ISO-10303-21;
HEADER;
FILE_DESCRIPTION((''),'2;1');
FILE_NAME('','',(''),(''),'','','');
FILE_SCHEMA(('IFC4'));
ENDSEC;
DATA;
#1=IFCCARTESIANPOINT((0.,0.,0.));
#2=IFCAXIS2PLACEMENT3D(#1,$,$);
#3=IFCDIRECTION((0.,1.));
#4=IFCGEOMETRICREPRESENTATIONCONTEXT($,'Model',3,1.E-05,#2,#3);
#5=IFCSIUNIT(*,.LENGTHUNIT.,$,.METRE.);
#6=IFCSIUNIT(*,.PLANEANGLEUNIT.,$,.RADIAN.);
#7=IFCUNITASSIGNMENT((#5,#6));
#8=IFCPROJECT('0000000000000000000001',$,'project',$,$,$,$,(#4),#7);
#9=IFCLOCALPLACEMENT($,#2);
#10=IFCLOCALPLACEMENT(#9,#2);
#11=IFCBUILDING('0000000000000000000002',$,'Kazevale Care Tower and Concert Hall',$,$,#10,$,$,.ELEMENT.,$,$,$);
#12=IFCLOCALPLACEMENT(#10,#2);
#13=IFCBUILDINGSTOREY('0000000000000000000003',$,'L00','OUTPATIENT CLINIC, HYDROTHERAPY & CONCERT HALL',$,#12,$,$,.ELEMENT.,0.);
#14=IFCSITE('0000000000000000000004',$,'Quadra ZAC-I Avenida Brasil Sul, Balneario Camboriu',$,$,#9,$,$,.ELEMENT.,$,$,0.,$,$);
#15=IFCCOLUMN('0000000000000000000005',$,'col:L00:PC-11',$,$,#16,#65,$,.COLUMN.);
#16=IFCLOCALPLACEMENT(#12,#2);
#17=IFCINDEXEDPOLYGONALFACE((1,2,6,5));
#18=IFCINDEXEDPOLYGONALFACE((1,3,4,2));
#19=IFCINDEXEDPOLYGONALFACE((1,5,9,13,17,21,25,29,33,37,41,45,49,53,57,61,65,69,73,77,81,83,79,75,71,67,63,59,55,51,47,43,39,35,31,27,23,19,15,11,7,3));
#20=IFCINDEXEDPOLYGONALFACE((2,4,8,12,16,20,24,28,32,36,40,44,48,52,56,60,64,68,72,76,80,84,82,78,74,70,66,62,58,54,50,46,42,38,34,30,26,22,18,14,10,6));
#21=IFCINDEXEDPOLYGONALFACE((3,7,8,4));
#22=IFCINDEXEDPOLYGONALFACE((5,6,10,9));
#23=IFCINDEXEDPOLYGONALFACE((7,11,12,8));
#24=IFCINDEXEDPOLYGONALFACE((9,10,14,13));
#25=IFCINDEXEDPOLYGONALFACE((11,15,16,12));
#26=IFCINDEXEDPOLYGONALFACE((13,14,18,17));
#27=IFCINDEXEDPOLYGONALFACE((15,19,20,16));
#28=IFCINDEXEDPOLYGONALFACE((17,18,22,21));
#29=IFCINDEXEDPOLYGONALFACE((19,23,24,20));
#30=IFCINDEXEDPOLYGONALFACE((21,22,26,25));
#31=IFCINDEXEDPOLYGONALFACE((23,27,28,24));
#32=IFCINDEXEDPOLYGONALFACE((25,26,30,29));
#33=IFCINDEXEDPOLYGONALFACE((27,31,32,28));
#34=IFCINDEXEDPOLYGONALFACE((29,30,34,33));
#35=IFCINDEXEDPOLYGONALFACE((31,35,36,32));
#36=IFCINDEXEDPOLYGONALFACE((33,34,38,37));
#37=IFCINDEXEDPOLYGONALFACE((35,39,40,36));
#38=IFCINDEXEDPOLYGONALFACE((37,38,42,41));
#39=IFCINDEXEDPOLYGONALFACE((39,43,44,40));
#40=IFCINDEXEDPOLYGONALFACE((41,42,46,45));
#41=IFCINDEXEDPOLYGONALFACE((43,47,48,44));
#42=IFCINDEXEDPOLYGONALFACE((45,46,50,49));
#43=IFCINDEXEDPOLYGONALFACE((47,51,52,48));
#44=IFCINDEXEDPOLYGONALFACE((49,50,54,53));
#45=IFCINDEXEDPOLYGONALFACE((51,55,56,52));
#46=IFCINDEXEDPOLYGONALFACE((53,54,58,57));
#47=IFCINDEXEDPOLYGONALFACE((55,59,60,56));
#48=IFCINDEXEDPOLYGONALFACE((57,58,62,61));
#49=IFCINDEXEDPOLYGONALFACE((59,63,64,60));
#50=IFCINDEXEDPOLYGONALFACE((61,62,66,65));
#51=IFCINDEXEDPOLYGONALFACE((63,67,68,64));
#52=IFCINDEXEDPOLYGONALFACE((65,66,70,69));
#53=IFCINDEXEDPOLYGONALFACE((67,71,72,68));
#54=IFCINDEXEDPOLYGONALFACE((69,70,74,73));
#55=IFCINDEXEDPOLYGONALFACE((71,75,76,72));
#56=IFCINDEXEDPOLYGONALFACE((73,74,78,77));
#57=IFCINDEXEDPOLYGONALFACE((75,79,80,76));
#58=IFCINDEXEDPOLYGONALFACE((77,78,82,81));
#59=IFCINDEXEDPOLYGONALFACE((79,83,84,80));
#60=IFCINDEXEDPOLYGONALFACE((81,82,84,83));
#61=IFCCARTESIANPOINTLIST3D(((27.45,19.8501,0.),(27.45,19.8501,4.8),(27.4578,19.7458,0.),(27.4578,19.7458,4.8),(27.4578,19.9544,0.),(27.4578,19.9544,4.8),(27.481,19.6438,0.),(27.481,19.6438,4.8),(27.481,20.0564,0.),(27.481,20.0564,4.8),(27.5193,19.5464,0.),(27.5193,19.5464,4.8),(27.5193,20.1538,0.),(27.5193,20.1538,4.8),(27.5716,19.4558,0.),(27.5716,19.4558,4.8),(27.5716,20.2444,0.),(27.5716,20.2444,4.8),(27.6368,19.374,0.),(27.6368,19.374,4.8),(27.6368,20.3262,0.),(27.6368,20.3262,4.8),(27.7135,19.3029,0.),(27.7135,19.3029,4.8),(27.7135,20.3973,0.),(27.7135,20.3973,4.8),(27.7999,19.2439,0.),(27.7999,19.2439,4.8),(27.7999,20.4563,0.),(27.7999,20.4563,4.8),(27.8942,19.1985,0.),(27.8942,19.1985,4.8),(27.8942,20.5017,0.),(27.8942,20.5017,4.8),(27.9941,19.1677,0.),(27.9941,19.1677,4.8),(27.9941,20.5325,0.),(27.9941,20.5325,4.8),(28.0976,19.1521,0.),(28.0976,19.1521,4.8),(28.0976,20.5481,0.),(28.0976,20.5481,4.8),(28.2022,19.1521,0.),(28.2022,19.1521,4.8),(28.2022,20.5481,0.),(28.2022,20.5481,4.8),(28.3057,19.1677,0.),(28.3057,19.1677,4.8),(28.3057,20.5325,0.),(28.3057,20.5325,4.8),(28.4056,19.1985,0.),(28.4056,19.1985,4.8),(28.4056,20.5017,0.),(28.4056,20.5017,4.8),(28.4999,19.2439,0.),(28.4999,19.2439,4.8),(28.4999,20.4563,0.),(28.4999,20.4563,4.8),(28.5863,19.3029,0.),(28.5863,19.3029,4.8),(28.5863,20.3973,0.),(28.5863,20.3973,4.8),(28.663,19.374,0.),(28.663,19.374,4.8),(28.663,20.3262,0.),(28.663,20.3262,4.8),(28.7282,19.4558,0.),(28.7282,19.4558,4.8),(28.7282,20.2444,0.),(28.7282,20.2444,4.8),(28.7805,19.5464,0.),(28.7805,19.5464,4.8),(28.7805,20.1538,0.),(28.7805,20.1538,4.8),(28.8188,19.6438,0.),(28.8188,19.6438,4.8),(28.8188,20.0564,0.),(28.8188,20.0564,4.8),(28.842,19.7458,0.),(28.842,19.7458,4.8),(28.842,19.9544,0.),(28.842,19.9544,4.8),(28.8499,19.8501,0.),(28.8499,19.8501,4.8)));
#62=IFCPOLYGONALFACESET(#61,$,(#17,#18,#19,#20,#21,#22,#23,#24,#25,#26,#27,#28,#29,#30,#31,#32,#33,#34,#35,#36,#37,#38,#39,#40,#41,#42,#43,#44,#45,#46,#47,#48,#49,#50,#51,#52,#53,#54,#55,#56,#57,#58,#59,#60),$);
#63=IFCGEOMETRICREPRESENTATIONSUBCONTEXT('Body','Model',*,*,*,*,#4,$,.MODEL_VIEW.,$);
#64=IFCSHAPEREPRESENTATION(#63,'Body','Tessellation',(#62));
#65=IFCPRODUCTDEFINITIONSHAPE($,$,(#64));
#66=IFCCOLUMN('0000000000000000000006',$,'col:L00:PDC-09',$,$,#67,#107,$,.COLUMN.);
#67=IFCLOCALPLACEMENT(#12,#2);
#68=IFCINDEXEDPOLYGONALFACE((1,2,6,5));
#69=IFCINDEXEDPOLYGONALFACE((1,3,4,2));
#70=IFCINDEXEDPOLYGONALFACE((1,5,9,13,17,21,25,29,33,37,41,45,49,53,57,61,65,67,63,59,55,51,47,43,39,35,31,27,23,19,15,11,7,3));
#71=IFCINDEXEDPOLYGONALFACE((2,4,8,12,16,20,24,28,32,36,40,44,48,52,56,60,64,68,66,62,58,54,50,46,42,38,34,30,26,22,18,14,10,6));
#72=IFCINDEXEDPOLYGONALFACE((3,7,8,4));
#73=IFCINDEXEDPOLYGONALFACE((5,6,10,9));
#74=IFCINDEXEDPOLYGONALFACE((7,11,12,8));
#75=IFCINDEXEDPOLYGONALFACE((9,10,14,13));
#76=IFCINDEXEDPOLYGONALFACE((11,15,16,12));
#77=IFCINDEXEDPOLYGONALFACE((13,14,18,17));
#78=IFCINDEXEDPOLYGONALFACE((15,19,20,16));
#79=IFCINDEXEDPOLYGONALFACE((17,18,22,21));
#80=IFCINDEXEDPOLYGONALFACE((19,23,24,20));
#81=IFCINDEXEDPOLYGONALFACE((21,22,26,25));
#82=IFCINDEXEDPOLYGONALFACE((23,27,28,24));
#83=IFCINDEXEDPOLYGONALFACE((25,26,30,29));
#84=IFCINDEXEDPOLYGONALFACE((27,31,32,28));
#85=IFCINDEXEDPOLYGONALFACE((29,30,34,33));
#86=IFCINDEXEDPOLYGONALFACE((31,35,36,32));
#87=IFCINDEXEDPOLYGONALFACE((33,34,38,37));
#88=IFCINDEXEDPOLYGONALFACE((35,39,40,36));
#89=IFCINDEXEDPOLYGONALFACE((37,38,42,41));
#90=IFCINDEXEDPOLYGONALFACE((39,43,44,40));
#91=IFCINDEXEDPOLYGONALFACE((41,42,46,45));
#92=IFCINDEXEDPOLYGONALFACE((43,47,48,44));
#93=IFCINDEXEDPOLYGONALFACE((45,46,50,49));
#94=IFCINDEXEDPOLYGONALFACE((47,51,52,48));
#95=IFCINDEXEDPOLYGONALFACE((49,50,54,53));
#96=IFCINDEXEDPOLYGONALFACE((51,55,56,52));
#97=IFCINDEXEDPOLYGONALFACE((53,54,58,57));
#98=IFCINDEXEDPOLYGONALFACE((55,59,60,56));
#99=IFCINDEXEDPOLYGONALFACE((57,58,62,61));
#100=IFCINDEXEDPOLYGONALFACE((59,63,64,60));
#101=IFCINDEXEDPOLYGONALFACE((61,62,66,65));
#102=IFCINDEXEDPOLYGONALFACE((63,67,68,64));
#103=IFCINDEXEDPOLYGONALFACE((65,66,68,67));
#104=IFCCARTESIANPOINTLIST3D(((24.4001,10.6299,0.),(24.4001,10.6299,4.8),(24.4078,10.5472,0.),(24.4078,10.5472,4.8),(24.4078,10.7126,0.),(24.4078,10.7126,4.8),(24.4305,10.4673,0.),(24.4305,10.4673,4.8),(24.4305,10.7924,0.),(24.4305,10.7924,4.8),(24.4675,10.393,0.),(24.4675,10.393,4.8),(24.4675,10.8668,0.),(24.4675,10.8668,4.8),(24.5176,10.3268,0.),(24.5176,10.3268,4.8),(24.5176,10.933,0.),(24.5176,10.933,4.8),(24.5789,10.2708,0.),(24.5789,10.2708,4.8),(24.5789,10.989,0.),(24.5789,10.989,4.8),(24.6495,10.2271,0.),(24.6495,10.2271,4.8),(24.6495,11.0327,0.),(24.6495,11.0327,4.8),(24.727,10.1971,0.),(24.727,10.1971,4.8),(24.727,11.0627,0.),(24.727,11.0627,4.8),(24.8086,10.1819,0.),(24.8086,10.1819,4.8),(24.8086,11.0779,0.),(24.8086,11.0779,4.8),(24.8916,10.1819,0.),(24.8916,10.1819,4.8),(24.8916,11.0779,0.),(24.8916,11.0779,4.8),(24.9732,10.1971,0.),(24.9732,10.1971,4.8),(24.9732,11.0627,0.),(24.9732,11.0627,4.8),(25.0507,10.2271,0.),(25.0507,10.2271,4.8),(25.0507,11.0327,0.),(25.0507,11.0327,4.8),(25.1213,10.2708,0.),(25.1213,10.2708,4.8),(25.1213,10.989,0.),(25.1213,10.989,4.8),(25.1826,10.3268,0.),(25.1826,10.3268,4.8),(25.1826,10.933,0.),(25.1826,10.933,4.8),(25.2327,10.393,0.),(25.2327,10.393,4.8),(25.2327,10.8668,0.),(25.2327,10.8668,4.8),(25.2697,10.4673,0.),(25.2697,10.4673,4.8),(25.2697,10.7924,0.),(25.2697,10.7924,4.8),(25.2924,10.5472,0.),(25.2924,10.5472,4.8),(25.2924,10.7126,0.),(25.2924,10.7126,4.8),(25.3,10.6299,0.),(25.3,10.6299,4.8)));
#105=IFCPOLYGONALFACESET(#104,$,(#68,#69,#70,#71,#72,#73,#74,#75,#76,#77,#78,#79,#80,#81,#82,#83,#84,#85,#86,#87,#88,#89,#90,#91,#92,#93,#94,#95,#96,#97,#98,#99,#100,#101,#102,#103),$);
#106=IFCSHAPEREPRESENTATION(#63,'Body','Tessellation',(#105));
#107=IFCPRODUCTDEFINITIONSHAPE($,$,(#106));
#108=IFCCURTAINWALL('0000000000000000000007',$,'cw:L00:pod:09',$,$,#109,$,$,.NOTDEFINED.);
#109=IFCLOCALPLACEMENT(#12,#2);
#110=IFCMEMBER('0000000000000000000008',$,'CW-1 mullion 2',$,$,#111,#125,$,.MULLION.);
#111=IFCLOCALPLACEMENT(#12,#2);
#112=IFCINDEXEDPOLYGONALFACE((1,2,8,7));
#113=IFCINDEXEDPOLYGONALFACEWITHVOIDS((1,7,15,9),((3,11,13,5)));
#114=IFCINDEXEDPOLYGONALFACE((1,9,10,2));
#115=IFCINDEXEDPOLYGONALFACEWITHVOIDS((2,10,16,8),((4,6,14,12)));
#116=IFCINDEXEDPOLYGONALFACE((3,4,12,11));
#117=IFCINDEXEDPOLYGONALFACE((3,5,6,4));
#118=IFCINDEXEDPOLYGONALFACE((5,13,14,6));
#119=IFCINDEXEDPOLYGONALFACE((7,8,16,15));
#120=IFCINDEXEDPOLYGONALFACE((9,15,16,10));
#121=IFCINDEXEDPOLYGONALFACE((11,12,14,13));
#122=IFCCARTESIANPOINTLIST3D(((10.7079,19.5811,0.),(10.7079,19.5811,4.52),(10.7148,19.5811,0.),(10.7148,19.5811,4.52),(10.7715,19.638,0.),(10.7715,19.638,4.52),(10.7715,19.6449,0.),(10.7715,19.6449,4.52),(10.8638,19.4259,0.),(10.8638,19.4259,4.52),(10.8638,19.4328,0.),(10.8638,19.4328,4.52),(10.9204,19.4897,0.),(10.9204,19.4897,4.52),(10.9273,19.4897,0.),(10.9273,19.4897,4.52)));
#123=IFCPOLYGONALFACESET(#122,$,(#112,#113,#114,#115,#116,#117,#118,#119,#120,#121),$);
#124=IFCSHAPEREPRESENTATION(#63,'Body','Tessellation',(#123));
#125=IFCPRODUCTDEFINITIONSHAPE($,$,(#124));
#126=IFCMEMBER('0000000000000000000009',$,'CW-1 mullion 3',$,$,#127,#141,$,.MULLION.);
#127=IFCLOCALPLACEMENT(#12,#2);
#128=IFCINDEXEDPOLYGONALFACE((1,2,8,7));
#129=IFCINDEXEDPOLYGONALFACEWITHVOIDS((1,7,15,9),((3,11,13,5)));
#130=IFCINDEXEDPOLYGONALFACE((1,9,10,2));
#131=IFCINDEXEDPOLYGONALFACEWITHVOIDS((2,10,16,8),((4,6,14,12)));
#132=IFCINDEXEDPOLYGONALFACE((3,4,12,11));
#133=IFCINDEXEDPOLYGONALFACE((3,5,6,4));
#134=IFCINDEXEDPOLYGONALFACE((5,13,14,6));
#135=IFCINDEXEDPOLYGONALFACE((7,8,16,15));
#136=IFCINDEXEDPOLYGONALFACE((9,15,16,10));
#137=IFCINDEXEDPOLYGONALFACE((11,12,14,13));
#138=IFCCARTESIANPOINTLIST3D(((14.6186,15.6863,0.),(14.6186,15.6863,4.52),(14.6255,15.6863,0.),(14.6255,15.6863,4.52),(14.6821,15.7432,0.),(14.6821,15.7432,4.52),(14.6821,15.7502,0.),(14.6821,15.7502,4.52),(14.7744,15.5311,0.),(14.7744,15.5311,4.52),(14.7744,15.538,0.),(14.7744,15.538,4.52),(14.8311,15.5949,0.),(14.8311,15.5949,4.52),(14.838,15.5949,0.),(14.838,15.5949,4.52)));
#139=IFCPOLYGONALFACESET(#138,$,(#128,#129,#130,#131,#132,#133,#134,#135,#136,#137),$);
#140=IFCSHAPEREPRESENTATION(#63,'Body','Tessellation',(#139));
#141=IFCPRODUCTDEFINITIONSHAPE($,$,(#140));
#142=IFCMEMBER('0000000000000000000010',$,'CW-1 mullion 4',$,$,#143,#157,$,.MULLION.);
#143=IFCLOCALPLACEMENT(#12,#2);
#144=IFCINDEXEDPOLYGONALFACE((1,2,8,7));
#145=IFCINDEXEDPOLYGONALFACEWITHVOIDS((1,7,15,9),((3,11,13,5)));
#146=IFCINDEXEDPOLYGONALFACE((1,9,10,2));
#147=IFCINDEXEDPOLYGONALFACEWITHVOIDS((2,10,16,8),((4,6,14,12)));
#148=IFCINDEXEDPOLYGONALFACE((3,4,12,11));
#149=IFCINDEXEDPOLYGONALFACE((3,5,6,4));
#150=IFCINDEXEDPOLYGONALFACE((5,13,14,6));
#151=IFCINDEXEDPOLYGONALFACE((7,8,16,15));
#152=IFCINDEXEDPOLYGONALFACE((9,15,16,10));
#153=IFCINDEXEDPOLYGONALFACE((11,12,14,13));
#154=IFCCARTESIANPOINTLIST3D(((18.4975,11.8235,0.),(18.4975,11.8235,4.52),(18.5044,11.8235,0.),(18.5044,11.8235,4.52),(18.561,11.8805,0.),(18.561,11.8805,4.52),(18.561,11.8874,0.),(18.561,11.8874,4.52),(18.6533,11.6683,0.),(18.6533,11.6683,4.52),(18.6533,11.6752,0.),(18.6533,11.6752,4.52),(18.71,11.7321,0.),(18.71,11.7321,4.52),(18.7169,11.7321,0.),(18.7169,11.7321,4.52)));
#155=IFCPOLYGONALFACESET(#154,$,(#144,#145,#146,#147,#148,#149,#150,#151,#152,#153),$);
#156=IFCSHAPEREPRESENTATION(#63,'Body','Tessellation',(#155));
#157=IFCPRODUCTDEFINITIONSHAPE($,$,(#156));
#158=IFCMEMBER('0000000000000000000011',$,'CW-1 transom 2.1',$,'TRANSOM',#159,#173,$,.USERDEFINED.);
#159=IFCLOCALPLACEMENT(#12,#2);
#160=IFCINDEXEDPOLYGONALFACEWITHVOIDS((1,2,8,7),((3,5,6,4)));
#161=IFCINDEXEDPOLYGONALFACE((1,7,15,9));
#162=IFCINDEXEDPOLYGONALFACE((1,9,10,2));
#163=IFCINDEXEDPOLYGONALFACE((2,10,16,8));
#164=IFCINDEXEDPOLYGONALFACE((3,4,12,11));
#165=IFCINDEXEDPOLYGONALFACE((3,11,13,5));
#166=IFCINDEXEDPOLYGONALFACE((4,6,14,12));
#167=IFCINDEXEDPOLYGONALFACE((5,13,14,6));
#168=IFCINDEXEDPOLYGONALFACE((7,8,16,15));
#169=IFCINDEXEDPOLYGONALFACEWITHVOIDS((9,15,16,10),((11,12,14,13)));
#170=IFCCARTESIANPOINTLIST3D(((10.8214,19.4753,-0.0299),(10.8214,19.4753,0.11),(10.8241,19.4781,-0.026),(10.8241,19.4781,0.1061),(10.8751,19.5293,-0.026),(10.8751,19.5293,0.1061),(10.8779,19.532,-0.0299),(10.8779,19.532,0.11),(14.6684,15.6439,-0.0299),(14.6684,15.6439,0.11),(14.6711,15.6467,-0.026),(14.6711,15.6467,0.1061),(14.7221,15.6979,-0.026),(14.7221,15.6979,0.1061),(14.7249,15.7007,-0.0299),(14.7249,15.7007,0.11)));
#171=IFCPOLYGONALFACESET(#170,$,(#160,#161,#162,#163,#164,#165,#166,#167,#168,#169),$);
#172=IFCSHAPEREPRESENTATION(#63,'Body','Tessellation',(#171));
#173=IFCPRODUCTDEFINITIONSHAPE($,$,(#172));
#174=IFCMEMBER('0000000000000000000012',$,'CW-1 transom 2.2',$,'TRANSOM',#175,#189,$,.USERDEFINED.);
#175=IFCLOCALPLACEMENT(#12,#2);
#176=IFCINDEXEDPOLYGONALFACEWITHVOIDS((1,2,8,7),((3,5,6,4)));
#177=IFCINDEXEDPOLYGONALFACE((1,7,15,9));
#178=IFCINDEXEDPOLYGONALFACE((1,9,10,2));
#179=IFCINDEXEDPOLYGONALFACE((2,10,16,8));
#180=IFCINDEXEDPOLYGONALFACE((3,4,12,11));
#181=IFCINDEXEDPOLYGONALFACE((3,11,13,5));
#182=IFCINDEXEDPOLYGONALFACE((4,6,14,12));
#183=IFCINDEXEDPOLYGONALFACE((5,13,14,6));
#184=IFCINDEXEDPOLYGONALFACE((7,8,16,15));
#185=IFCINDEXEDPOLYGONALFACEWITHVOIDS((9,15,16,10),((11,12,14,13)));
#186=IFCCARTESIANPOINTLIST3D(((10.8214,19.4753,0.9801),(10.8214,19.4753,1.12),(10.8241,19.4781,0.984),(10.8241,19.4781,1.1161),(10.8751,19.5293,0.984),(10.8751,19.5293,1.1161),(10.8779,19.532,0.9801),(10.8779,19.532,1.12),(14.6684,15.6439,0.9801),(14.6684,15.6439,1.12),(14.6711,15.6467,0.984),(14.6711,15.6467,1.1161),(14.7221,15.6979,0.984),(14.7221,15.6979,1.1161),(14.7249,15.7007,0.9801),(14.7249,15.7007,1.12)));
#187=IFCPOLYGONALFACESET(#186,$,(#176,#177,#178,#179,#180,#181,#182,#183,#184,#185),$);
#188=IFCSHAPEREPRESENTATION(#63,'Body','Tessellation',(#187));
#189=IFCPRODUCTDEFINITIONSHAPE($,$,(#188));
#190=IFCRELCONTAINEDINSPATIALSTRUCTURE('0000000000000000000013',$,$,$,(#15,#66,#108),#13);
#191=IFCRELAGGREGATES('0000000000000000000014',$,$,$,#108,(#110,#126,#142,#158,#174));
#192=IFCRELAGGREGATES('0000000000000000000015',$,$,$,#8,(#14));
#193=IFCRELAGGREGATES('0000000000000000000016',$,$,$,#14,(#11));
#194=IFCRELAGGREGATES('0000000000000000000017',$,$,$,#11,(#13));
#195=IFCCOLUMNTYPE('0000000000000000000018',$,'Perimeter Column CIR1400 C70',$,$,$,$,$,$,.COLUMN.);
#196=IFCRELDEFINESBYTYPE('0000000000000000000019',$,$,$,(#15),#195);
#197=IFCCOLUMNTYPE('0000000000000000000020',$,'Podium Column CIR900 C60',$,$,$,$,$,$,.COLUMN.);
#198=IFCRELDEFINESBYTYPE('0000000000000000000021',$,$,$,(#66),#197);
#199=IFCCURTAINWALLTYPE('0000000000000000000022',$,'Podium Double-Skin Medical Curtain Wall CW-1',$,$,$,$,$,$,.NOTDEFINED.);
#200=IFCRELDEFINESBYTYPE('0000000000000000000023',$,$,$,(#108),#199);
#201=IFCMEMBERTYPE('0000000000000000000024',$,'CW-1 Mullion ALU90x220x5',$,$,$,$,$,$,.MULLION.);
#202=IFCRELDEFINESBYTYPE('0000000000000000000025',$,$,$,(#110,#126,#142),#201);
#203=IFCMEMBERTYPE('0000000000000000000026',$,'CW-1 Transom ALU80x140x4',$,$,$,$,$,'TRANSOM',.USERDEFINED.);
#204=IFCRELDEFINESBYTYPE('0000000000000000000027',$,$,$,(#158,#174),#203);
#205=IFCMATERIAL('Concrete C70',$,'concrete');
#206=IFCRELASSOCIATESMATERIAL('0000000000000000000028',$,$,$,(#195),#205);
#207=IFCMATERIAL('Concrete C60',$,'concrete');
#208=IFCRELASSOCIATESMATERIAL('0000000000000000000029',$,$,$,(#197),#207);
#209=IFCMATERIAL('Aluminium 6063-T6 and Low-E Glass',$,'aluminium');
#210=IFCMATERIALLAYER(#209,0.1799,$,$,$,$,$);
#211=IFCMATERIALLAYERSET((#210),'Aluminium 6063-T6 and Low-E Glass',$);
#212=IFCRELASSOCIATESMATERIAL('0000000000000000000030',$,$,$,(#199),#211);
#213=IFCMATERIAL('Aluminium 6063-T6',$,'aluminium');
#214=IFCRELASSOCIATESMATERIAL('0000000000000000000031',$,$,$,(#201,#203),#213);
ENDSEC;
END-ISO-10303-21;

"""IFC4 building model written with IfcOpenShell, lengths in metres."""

from ifc_helpers import new_model, si_unit, direction, frame, origin, origin_2d, place, context, subcontext, project, spatial, hollow_rectangle, circle, extrude, material, layer, layer_set, material_profile, profile_set, type_object, element, aggregate, save


model = new_model("IFC4")

# Units and contexts
model_context = context("Model", 3, precision=1e-05, world=origin(), true_north=direction((0.0, 1.0)))
body_context = subcontext(model_context, "Body", "Model", "MODEL_VIEW")
ifc_project = project(units=[si_unit("LENGTHUNIT", "METRE"), si_unit("PLANEANGLEUNIT", "RADIAN")], contexts=[model_context])

# Site, building, storey
site_placement = place(None, origin())
site = spatial("IfcSite", under=ifc_project, at=site_placement, Name="Quadra ZAC-I Avenida Brasil Sul, Balneario Camboriu", CompositionType="ELEMENT", RefElevation=0.0)
building_placement = place(site_placement, origin())
building = spatial("IfcBuilding", under=site, at=building_placement, Name="Kazevale Care Tower and Concert Hall", CompositionType="ELEMENT")
storey_placement = place(building_placement, origin())
storey = spatial("IfcBuildingStorey", under=building, at=storey_placement, Name="L00", Description="OUTPATIENT CLINIC, HYDROTHERAPY & CONCERT HALL", CompositionType="ELEMENT", Elevation=0.0)

# Columns
ifc_material_1 = material(Name="Concrete C70", Category="concrete")
ifc_material_profile_1 = material_profile(ifc_material_1, circle(Radius=0.7, at=origin_2d()), Name="RC-CIR1400")
ifc_profile_set_1 = profile_set([ifc_material_profile_1], Name="Concrete C70")
column_type_1 = type_object("IfcColumnType", Name="Perimeter Column CIR1400 C70", PredefinedType="COLUMN", material=ifc_profile_set_1)
column_1_placement = place(storey_placement, frame((28.1499, 19.8501, 0.0), z_axis=(0.0, 0.0, 1.0), x_axis=(1.0, 0.0, 0.0)))
element("IfcColumn", 1, at=column_1_placement, inside=storey, type_object=column_type_1, Name="col:L00:PC-11", PredefinedType="COLUMN", context=body_context, shape_type="SweptSolid", body=[
    extrude(circle(Radius=0.7, at=origin_2d()), origin(), (0.0, 0.0, 1.0), 4.8),
])
ifc_material_2 = material(Name="Concrete C60", Category="concrete")
ifc_material_profile_2 = material_profile(ifc_material_2, circle(Radius=0.45, at=origin_2d()), Name="RC-CIR900")
ifc_profile_set_2 = profile_set([ifc_material_profile_2], Name="Concrete C60")
column_type_2 = type_object("IfcColumnType", Name="Podium Column CIR900 C60", PredefinedType="COLUMN", material=ifc_profile_set_2)
column_2_placement = place(storey_placement, frame((24.8501, 10.6299, 0.0), z_axis=(0.0, 0.0, 1.0), x_axis=(1.0, 0.0, 0.0)))
element("IfcColumn", 2, at=column_2_placement, inside=storey, type_object=column_type_2, Name="col:L00:PDC-09", PredefinedType="COLUMN", context=body_context, shape_type="SweptSolid", body=[
    extrude(circle(Radius=0.45, at=origin_2d()), origin(), (0.0, 0.0, 1.0), 4.8),
])

# Curtain wall, members
ifc_material_3 = material(Name="Aluminium 6063-T6 and Low-E Glass", Category="aluminium")
ifc_layer_1 = layer(ifc_material_3, 0.1799)
ifc_layer_set_1 = layer_set([ifc_layer_1], Name="Aluminium 6063-T6 and Low-E Glass")
curtain_wall_type = type_object("IfcCurtainWallType", Name="Podium Double-Skin Medical Curtain Wall CW-1", PredefinedType="NOTDEFINED", material=ifc_layer_set_1)
curtain_wall_placement = place(storey_placement, origin())
curtain_wall = element("IfcCurtainWall", 3, at=curtain_wall_placement, inside=storey, type_object=curtain_wall_type, Name="cw:L00:pod:09", PredefinedType="NOTDEFINED")
ifc_material_4 = material(Name="Aluminium 6063-T6", Category="aluminium")
ifc_material_profile_3 = material_profile(ifc_material_4, hollow_rectangle(XDim=0.0901, YDim=0.22, WallThickness=0.0049, at=origin_2d()), Name="ALU90x220x5")
ifc_profile_set_3 = profile_set([ifc_material_profile_3], Name="Aluminium 6063-T6")
member_type_1 = type_object("IfcMemberType", Name="CW-1 Mullion ALU90x220x5", PredefinedType="MULLION", material=ifc_profile_set_3)
member_1_placement = place(storey_placement, frame((10.8176, 19.5354, 0.0), z_axis=(0.0, 0.0, 1.0), x_axis=(0.705656, 0.708555, 0.0)))
member_1 = element("IfcMember", 4, at=member_1_placement, type_object=member_type_1, Name="CW-1 mullion 2", PredefinedType="MULLION", context=body_context, shape_type="SweptSolid", body=[
    extrude(hollow_rectangle(XDim=0.0901, YDim=0.22, WallThickness=0.0049, at=origin_2d()), origin(), (0.0, 0.0, 1.0), 4.52),
])
member_2_placement = place(storey_placement, frame((14.7283, 15.6406, 0.0), z_axis=(0.0, 0.0, 1.0), x_axis=(0.705656, 0.708555, 0.0)))
member_2 = element("IfcMember", 5, at=member_2_placement, type_object=member_type_1, Name="CW-1 mullion 3", PredefinedType="MULLION", context=body_context, shape_type="SweptSolid", body=[
    extrude(hollow_rectangle(XDim=0.0901, YDim=0.22, WallThickness=0.0049, at=origin_2d()), origin(), (0.0, 0.0, 1.0), 4.52),
])
member_3_placement = place(storey_placement, frame((18.6072, 11.7778, 0.0), z_axis=(0.0, 0.0, 1.0), x_axis=(0.705656, 0.708555, 0.0)))
member_3 = element("IfcMember", 6, at=member_3_placement, type_object=member_type_1, Name="CW-1 mullion 4", PredefinedType="MULLION", context=body_context, shape_type="SweptSolid", body=[
    extrude(hollow_rectangle(XDim=0.0901, YDim=0.22, WallThickness=0.0049, at=origin_2d()), origin(), (0.0, 0.0, 1.0), 4.52),
])
ifc_material_profile_4 = material_profile(ifc_material_4, hollow_rectangle(XDim=0.0801, YDim=0.1399, WallThickness=0.0039, at=origin_2d()), Name="ALU80x140x4")
ifc_profile_set_4 = profile_set([ifc_material_profile_4], Name="Aluminium 6063-T6")
member_type_2 = type_object("IfcMemberType", Name="CW-1 Transom ALU80x140x4", ElementType="TRANSOM", PredefinedType="USERDEFINED", material=ifc_profile_set_4)
member_4_placement = place(storey_placement, frame((10.8496, 19.5037, 0.04), z_axis=(0.708544, -0.705666, 0.0), x_axis=(0.705666, 0.708544, 0.0)))
member_4 = element("IfcMember", 7, at=member_4_placement, type_object=member_type_2, Name="CW-1 transom 2.1", ObjectType="TRANSOM", PredefinedType="USERDEFINED", context=body_context, shape_type="SweptSolid", body=[
    extrude(hollow_rectangle(XDim=0.0801, YDim=0.1399, WallThickness=0.0039, at=origin_2d()), origin(), (0.0, 0.0, 1.0), 5.4294),
])
member_5_placement = place(storey_placement, frame((10.8496, 19.5037, 1.05), z_axis=(0.708544, -0.705666, 0.0), x_axis=(0.705666, 0.708544, 0.0)))
member_5 = element("IfcMember", 8, at=member_5_placement, type_object=member_type_2, Name="CW-1 transom 2.2", ObjectType="TRANSOM", PredefinedType="USERDEFINED", context=body_context, shape_type="SweptSolid", body=[
    extrude(hollow_rectangle(XDim=0.0801, YDim=0.1399, WallThickness=0.0039, at=origin_2d()), origin(), (0.0, 0.0, 1.0), 5.4294),
])

aggregate(curtain_wall, [member_1, member_2, member_3, member_4, member_5])

save(model, "model.ifc")
